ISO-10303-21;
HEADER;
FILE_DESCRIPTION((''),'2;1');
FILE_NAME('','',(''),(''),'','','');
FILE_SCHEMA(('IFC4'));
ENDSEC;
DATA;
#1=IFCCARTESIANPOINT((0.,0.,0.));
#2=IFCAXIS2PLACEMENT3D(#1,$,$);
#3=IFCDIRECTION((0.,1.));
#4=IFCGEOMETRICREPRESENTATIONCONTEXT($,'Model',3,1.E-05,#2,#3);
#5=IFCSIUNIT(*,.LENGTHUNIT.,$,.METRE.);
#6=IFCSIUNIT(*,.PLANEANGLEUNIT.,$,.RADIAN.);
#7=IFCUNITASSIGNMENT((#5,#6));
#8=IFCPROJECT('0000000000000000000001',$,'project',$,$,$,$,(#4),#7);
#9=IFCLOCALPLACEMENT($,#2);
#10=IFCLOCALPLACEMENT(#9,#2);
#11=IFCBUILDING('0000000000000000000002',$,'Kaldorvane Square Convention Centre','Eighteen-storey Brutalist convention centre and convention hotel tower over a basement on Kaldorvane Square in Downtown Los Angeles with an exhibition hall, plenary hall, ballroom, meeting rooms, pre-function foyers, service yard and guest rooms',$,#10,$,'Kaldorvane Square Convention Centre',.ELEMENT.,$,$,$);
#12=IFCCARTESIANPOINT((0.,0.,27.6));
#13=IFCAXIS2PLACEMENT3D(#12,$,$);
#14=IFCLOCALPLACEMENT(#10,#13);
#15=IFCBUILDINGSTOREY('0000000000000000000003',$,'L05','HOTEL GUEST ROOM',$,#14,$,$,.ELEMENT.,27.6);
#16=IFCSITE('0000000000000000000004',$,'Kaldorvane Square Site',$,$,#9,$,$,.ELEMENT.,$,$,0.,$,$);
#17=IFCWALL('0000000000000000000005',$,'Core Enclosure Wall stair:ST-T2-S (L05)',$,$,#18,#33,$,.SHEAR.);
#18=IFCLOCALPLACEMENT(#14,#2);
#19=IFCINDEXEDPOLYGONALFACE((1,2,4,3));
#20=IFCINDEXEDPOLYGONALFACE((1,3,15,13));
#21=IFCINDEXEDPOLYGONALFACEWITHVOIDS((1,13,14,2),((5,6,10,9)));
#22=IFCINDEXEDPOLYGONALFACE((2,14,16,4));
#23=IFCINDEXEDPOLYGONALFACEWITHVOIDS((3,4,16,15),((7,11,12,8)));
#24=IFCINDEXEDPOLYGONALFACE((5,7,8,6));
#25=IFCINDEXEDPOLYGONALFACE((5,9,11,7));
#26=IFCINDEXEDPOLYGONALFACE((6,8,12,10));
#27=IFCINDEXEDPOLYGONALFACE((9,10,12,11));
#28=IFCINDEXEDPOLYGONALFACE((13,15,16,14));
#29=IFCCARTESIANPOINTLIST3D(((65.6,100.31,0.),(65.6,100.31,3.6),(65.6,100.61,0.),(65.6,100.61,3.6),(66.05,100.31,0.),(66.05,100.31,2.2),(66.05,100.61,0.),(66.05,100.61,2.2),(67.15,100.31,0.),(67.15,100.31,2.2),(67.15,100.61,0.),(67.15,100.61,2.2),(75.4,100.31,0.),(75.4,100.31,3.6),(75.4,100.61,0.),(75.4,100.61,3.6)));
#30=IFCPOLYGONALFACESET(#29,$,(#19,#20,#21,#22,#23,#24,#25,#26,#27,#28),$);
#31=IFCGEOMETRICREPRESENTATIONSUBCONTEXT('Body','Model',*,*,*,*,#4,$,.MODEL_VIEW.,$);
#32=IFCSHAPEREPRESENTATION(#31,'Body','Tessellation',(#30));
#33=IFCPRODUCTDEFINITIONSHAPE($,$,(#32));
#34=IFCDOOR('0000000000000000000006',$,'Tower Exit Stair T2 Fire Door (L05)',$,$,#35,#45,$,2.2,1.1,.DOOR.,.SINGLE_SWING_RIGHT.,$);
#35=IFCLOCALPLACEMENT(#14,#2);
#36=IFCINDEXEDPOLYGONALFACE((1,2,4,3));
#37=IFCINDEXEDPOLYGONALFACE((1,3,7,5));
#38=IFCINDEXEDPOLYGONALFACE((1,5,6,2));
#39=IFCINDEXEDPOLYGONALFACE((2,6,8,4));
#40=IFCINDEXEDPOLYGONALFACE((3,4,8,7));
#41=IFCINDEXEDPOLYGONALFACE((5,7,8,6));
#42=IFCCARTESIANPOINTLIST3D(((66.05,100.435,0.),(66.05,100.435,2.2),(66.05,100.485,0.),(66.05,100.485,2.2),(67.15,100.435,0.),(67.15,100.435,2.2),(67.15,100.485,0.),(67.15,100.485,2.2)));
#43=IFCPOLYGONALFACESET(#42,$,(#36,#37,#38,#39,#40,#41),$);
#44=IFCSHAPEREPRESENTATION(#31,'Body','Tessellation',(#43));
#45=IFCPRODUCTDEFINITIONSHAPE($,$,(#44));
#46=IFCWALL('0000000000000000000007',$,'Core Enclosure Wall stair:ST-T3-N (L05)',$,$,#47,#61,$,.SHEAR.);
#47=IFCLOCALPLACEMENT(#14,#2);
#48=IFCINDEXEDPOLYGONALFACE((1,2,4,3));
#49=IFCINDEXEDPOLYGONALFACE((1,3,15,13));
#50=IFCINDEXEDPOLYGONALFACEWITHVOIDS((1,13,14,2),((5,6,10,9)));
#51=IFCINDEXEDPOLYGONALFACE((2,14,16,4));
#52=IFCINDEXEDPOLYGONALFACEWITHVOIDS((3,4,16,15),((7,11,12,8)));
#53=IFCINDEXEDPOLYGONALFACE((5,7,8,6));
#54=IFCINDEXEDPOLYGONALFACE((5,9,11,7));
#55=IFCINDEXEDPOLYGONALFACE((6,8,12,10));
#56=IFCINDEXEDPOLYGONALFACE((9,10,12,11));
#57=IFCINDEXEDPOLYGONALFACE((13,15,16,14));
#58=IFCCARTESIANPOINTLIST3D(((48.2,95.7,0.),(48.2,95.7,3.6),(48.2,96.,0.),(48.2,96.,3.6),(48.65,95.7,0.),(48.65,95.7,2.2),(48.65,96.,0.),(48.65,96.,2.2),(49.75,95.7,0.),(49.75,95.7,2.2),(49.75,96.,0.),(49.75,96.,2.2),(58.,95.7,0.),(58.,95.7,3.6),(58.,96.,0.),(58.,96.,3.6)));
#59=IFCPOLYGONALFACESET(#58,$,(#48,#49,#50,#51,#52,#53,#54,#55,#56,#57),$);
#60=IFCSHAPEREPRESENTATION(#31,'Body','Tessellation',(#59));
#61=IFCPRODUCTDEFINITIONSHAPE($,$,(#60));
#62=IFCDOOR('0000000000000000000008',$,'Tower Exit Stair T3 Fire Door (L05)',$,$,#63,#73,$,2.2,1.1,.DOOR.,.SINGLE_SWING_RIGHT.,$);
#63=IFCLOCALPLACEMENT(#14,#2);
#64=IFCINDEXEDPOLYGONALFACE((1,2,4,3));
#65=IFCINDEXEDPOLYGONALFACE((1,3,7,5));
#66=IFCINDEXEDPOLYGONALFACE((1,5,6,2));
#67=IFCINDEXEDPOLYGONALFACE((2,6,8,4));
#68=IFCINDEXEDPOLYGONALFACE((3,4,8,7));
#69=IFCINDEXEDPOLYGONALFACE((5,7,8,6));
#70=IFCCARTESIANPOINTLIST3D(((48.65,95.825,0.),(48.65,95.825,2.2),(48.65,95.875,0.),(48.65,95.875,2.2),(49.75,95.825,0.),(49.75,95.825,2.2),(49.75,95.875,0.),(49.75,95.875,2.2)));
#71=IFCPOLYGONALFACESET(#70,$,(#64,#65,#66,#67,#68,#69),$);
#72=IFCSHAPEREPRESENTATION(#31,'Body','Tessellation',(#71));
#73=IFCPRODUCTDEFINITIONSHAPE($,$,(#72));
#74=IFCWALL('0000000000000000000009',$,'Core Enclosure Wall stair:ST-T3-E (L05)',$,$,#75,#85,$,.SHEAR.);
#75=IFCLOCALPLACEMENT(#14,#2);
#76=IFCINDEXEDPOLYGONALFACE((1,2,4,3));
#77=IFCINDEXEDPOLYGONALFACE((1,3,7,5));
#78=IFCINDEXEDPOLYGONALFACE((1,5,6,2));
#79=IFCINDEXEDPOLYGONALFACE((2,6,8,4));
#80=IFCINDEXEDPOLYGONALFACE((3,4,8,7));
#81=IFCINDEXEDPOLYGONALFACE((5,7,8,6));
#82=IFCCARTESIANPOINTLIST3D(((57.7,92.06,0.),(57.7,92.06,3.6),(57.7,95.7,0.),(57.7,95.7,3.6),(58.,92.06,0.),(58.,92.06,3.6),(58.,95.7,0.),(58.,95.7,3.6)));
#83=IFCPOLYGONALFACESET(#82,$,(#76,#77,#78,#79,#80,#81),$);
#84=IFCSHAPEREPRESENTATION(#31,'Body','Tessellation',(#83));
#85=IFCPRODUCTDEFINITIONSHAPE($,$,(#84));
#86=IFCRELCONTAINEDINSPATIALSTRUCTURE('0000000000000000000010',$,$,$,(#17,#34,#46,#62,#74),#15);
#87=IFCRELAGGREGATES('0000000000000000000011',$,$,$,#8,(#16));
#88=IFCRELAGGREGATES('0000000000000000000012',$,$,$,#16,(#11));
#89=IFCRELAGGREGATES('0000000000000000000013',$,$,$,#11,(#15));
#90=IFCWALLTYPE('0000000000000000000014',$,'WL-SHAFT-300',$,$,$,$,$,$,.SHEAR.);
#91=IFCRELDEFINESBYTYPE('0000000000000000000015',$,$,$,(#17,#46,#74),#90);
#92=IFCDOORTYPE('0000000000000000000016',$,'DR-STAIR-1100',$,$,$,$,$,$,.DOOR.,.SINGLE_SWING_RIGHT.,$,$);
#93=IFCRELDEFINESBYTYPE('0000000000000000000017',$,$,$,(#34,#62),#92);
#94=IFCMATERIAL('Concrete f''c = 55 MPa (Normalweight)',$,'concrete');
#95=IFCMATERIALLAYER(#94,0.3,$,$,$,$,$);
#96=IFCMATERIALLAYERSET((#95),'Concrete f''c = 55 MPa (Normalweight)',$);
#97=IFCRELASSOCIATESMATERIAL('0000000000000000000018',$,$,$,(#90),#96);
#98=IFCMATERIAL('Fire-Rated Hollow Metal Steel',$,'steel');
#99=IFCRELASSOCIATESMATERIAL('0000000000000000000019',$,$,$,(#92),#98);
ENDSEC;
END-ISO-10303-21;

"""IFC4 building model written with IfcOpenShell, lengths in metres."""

from ifc_helpers import new_model, si_unit, direction, frame, frame_2d, origin, place, context, subcontext, project, spatial, rectangle, extrude, material, layer, layer_set, type_object, element, fill, save


model = new_model("IFC4")

# Units and contexts
model_context = context("Model", 3, precision=1e-05, world=origin(), true_north=direction((0.0, 1.0)))
body_context = subcontext(model_context, "Body", "Model", "MODEL_VIEW")
ifc_project = project(units=[si_unit("LENGTHUNIT", "METRE"), si_unit("PLANEANGLEUNIT", "RADIAN")], contexts=[model_context])

# Site, building, storey
site_placement = place(None, origin())
site = spatial("IfcSite", under=ifc_project, at=site_placement, Name="Kaldorvane Square Site", CompositionType="ELEMENT", RefElevation=0.0)
building_placement = place(site_placement, origin())
building = spatial("IfcBuilding", under=site, at=building_placement, Name="Kaldorvane Square Convention Centre", Description="Eighteen-storey Brutalist convention centre and convention hotel tower over a basement on Kaldorvane Square in Downtown Los Angeles with an exhibition hall, plenary hall, ballroom, meeting rooms, pre-function foyers, service yard and guest rooms", LongName="Kaldorvane Square Convention Centre", CompositionType="ELEMENT")
storey_placement = place(building_placement, frame((0.0, 0.0, 27.6)))
storey = spatial("IfcBuildingStorey", under=building, at=storey_placement, Name="L05", Description="HOTEL GUEST ROOM", CompositionType="ELEMENT", Elevation=27.6)

# Walls, openings, doors
ifc_material_1 = material(Name="Concrete f'c = 55 MPa (Normalweight)", Category="concrete")
ifc_layer_1 = layer(ifc_material_1, 0.3)
ifc_layer_set_1 = layer_set([ifc_layer_1], Name="Concrete f'c = 55 MPa (Normalweight)")
wall_type_1 = type_object("IfcWallType", Name="WL-SHAFT-300", PredefinedType="SHEAR", material=ifc_layer_set_1)
wall_1_placement = place(storey_placement, frame((65.6, 100.46, 0.0), z_axis=(0.0, 0.0, 1.0), x_axis=(1.0, 0.0, 0.0)))
wall_1 = element("IfcWall", 1, at=wall_1_placement, inside=storey, type_object=wall_type_1, Name="Core Enclosure Wall stair:ST-T2-S (L05)", PredefinedType="SHEAR", context=body_context, shape_type="SweptSolid", body=[
    extrude(rectangle(XDim=9.8, YDim=0.3, at=frame_2d((4.9, 0.0))), origin(), (0.0, 0.0, 1.0), 3.6),
])
opening_1_placement = place(wall_1_placement, frame((0.45, 0.0, 0.0)))
opening_1 = element("IfcOpeningElement", 2, at=opening_1_placement, cuts=wall_1, PredefinedType="OPENING", context=body_context, shape_type="SweptSolid", body=[
    extrude(rectangle(XDim=1.1, YDim=2.2, at=frame_2d((0.55, 1.1))), frame((0.0, 0.165, 0.0), z_axis=(0.0, -1.0, 0.0), x_axis=(1.0, 0.0, 0.0)), (0.0, 0.0, 1.0), 0.33),
])
ifc_material_2 = material(Name="Fire-Rated Hollow Metal Steel", Category="steel")
door_type_1 = type_object("IfcDoorType", Name="DR-STAIR-1100", OperationType="SINGLE_SWING_RIGHT", PredefinedType="DOOR", material=ifc_material_2)
door_1_placement = place(opening_1_placement, origin())
door_1 = element("IfcDoor", 3, at=door_1_placement, inside=storey, type_object=door_type_1, Name="Tower Exit Stair T2 Fire Door (L05)", OperationType="SINGLE_SWING_RIGHT", OverallHeight=2.2, OverallWidth=1.1, PredefinedType="DOOR", context=body_context, shape_type="SweptSolid", body=[
    extrude(rectangle(XDim=1.1, YDim=2.2, at=frame_2d((0.55, 1.1))), frame((0.0, 0.025, 0.0), z_axis=(0.0, -1.0, 0.0), x_axis=(1.0, 0.0, 0.0)), (0.0, 0.0, 1.0), 0.05),
])
fill(opening_1, door_1)
wall_2_placement = place(storey_placement, frame((58.0, 95.85, 0.0), z_axis=(0.0, 0.0, 1.0), x_axis=(-1.0, 0.0, 0.0)))
wall_2 = element("IfcWall", 4, at=wall_2_placement, inside=storey, type_object=wall_type_1, Name="Core Enclosure Wall stair:ST-T3-N (L05)", PredefinedType="SHEAR", context=body_context, shape_type="SweptSolid", body=[
    extrude(rectangle(XDim=9.8, YDim=0.3, at=frame_2d((4.9, 0.0))), origin(), (0.0, 0.0, 1.0), 3.6),
])
opening_2_placement = place(wall_2_placement, frame((8.25, 0.0, 0.0)))
opening_2 = element("IfcOpeningElement", 5, at=opening_2_placement, cuts=wall_2, PredefinedType="OPENING", context=body_context, shape_type="SweptSolid", body=[
    extrude(rectangle(XDim=1.1, YDim=2.2, at=frame_2d((0.55, 1.1))), frame((0.0, 0.165, 0.0), z_axis=(0.0, -1.0, 0.0), x_axis=(1.0, 0.0, 0.0)), (0.0, 0.0, 1.0), 0.33),
])
door_2_placement = place(opening_2_placement, origin())
door_2 = element("IfcDoor", 6, at=door_2_placement, inside=storey, type_object=door_type_1, Name="Tower Exit Stair T3 Fire Door (L05)", OperationType="SINGLE_SWING_RIGHT", OverallHeight=2.2, OverallWidth=1.1, PredefinedType="DOOR", context=body_context, shape_type="SweptSolid", body=[
    extrude(rectangle(XDim=1.1, YDim=2.2, at=frame_2d((0.55, 1.1))), frame((0.0, 0.025, 0.0), z_axis=(0.0, -1.0, 0.0), x_axis=(1.0, 0.0, 0.0)), (0.0, 0.0, 1.0), 0.05),
])
fill(opening_2, door_2)

# Wall
wall_3_placement = place(storey_placement, frame((57.85, 92.06, 0.0), z_axis=(0.0, 0.0, 1.0), x_axis=(0.0, 1.0, 0.0)))
element("IfcWall", 7, at=wall_3_placement, inside=storey, type_object=wall_type_1, Name="Core Enclosure Wall stair:ST-T3-E (L05)", PredefinedType="SHEAR", context=body_context, shape_type="SweptSolid", body=[
    extrude(rectangle(XDim=3.64, YDim=0.3, at=frame_2d((1.82, 0.0))), origin(), (0.0, 0.0, 1.0), 3.6),
])

save(model, "model.ifc")
